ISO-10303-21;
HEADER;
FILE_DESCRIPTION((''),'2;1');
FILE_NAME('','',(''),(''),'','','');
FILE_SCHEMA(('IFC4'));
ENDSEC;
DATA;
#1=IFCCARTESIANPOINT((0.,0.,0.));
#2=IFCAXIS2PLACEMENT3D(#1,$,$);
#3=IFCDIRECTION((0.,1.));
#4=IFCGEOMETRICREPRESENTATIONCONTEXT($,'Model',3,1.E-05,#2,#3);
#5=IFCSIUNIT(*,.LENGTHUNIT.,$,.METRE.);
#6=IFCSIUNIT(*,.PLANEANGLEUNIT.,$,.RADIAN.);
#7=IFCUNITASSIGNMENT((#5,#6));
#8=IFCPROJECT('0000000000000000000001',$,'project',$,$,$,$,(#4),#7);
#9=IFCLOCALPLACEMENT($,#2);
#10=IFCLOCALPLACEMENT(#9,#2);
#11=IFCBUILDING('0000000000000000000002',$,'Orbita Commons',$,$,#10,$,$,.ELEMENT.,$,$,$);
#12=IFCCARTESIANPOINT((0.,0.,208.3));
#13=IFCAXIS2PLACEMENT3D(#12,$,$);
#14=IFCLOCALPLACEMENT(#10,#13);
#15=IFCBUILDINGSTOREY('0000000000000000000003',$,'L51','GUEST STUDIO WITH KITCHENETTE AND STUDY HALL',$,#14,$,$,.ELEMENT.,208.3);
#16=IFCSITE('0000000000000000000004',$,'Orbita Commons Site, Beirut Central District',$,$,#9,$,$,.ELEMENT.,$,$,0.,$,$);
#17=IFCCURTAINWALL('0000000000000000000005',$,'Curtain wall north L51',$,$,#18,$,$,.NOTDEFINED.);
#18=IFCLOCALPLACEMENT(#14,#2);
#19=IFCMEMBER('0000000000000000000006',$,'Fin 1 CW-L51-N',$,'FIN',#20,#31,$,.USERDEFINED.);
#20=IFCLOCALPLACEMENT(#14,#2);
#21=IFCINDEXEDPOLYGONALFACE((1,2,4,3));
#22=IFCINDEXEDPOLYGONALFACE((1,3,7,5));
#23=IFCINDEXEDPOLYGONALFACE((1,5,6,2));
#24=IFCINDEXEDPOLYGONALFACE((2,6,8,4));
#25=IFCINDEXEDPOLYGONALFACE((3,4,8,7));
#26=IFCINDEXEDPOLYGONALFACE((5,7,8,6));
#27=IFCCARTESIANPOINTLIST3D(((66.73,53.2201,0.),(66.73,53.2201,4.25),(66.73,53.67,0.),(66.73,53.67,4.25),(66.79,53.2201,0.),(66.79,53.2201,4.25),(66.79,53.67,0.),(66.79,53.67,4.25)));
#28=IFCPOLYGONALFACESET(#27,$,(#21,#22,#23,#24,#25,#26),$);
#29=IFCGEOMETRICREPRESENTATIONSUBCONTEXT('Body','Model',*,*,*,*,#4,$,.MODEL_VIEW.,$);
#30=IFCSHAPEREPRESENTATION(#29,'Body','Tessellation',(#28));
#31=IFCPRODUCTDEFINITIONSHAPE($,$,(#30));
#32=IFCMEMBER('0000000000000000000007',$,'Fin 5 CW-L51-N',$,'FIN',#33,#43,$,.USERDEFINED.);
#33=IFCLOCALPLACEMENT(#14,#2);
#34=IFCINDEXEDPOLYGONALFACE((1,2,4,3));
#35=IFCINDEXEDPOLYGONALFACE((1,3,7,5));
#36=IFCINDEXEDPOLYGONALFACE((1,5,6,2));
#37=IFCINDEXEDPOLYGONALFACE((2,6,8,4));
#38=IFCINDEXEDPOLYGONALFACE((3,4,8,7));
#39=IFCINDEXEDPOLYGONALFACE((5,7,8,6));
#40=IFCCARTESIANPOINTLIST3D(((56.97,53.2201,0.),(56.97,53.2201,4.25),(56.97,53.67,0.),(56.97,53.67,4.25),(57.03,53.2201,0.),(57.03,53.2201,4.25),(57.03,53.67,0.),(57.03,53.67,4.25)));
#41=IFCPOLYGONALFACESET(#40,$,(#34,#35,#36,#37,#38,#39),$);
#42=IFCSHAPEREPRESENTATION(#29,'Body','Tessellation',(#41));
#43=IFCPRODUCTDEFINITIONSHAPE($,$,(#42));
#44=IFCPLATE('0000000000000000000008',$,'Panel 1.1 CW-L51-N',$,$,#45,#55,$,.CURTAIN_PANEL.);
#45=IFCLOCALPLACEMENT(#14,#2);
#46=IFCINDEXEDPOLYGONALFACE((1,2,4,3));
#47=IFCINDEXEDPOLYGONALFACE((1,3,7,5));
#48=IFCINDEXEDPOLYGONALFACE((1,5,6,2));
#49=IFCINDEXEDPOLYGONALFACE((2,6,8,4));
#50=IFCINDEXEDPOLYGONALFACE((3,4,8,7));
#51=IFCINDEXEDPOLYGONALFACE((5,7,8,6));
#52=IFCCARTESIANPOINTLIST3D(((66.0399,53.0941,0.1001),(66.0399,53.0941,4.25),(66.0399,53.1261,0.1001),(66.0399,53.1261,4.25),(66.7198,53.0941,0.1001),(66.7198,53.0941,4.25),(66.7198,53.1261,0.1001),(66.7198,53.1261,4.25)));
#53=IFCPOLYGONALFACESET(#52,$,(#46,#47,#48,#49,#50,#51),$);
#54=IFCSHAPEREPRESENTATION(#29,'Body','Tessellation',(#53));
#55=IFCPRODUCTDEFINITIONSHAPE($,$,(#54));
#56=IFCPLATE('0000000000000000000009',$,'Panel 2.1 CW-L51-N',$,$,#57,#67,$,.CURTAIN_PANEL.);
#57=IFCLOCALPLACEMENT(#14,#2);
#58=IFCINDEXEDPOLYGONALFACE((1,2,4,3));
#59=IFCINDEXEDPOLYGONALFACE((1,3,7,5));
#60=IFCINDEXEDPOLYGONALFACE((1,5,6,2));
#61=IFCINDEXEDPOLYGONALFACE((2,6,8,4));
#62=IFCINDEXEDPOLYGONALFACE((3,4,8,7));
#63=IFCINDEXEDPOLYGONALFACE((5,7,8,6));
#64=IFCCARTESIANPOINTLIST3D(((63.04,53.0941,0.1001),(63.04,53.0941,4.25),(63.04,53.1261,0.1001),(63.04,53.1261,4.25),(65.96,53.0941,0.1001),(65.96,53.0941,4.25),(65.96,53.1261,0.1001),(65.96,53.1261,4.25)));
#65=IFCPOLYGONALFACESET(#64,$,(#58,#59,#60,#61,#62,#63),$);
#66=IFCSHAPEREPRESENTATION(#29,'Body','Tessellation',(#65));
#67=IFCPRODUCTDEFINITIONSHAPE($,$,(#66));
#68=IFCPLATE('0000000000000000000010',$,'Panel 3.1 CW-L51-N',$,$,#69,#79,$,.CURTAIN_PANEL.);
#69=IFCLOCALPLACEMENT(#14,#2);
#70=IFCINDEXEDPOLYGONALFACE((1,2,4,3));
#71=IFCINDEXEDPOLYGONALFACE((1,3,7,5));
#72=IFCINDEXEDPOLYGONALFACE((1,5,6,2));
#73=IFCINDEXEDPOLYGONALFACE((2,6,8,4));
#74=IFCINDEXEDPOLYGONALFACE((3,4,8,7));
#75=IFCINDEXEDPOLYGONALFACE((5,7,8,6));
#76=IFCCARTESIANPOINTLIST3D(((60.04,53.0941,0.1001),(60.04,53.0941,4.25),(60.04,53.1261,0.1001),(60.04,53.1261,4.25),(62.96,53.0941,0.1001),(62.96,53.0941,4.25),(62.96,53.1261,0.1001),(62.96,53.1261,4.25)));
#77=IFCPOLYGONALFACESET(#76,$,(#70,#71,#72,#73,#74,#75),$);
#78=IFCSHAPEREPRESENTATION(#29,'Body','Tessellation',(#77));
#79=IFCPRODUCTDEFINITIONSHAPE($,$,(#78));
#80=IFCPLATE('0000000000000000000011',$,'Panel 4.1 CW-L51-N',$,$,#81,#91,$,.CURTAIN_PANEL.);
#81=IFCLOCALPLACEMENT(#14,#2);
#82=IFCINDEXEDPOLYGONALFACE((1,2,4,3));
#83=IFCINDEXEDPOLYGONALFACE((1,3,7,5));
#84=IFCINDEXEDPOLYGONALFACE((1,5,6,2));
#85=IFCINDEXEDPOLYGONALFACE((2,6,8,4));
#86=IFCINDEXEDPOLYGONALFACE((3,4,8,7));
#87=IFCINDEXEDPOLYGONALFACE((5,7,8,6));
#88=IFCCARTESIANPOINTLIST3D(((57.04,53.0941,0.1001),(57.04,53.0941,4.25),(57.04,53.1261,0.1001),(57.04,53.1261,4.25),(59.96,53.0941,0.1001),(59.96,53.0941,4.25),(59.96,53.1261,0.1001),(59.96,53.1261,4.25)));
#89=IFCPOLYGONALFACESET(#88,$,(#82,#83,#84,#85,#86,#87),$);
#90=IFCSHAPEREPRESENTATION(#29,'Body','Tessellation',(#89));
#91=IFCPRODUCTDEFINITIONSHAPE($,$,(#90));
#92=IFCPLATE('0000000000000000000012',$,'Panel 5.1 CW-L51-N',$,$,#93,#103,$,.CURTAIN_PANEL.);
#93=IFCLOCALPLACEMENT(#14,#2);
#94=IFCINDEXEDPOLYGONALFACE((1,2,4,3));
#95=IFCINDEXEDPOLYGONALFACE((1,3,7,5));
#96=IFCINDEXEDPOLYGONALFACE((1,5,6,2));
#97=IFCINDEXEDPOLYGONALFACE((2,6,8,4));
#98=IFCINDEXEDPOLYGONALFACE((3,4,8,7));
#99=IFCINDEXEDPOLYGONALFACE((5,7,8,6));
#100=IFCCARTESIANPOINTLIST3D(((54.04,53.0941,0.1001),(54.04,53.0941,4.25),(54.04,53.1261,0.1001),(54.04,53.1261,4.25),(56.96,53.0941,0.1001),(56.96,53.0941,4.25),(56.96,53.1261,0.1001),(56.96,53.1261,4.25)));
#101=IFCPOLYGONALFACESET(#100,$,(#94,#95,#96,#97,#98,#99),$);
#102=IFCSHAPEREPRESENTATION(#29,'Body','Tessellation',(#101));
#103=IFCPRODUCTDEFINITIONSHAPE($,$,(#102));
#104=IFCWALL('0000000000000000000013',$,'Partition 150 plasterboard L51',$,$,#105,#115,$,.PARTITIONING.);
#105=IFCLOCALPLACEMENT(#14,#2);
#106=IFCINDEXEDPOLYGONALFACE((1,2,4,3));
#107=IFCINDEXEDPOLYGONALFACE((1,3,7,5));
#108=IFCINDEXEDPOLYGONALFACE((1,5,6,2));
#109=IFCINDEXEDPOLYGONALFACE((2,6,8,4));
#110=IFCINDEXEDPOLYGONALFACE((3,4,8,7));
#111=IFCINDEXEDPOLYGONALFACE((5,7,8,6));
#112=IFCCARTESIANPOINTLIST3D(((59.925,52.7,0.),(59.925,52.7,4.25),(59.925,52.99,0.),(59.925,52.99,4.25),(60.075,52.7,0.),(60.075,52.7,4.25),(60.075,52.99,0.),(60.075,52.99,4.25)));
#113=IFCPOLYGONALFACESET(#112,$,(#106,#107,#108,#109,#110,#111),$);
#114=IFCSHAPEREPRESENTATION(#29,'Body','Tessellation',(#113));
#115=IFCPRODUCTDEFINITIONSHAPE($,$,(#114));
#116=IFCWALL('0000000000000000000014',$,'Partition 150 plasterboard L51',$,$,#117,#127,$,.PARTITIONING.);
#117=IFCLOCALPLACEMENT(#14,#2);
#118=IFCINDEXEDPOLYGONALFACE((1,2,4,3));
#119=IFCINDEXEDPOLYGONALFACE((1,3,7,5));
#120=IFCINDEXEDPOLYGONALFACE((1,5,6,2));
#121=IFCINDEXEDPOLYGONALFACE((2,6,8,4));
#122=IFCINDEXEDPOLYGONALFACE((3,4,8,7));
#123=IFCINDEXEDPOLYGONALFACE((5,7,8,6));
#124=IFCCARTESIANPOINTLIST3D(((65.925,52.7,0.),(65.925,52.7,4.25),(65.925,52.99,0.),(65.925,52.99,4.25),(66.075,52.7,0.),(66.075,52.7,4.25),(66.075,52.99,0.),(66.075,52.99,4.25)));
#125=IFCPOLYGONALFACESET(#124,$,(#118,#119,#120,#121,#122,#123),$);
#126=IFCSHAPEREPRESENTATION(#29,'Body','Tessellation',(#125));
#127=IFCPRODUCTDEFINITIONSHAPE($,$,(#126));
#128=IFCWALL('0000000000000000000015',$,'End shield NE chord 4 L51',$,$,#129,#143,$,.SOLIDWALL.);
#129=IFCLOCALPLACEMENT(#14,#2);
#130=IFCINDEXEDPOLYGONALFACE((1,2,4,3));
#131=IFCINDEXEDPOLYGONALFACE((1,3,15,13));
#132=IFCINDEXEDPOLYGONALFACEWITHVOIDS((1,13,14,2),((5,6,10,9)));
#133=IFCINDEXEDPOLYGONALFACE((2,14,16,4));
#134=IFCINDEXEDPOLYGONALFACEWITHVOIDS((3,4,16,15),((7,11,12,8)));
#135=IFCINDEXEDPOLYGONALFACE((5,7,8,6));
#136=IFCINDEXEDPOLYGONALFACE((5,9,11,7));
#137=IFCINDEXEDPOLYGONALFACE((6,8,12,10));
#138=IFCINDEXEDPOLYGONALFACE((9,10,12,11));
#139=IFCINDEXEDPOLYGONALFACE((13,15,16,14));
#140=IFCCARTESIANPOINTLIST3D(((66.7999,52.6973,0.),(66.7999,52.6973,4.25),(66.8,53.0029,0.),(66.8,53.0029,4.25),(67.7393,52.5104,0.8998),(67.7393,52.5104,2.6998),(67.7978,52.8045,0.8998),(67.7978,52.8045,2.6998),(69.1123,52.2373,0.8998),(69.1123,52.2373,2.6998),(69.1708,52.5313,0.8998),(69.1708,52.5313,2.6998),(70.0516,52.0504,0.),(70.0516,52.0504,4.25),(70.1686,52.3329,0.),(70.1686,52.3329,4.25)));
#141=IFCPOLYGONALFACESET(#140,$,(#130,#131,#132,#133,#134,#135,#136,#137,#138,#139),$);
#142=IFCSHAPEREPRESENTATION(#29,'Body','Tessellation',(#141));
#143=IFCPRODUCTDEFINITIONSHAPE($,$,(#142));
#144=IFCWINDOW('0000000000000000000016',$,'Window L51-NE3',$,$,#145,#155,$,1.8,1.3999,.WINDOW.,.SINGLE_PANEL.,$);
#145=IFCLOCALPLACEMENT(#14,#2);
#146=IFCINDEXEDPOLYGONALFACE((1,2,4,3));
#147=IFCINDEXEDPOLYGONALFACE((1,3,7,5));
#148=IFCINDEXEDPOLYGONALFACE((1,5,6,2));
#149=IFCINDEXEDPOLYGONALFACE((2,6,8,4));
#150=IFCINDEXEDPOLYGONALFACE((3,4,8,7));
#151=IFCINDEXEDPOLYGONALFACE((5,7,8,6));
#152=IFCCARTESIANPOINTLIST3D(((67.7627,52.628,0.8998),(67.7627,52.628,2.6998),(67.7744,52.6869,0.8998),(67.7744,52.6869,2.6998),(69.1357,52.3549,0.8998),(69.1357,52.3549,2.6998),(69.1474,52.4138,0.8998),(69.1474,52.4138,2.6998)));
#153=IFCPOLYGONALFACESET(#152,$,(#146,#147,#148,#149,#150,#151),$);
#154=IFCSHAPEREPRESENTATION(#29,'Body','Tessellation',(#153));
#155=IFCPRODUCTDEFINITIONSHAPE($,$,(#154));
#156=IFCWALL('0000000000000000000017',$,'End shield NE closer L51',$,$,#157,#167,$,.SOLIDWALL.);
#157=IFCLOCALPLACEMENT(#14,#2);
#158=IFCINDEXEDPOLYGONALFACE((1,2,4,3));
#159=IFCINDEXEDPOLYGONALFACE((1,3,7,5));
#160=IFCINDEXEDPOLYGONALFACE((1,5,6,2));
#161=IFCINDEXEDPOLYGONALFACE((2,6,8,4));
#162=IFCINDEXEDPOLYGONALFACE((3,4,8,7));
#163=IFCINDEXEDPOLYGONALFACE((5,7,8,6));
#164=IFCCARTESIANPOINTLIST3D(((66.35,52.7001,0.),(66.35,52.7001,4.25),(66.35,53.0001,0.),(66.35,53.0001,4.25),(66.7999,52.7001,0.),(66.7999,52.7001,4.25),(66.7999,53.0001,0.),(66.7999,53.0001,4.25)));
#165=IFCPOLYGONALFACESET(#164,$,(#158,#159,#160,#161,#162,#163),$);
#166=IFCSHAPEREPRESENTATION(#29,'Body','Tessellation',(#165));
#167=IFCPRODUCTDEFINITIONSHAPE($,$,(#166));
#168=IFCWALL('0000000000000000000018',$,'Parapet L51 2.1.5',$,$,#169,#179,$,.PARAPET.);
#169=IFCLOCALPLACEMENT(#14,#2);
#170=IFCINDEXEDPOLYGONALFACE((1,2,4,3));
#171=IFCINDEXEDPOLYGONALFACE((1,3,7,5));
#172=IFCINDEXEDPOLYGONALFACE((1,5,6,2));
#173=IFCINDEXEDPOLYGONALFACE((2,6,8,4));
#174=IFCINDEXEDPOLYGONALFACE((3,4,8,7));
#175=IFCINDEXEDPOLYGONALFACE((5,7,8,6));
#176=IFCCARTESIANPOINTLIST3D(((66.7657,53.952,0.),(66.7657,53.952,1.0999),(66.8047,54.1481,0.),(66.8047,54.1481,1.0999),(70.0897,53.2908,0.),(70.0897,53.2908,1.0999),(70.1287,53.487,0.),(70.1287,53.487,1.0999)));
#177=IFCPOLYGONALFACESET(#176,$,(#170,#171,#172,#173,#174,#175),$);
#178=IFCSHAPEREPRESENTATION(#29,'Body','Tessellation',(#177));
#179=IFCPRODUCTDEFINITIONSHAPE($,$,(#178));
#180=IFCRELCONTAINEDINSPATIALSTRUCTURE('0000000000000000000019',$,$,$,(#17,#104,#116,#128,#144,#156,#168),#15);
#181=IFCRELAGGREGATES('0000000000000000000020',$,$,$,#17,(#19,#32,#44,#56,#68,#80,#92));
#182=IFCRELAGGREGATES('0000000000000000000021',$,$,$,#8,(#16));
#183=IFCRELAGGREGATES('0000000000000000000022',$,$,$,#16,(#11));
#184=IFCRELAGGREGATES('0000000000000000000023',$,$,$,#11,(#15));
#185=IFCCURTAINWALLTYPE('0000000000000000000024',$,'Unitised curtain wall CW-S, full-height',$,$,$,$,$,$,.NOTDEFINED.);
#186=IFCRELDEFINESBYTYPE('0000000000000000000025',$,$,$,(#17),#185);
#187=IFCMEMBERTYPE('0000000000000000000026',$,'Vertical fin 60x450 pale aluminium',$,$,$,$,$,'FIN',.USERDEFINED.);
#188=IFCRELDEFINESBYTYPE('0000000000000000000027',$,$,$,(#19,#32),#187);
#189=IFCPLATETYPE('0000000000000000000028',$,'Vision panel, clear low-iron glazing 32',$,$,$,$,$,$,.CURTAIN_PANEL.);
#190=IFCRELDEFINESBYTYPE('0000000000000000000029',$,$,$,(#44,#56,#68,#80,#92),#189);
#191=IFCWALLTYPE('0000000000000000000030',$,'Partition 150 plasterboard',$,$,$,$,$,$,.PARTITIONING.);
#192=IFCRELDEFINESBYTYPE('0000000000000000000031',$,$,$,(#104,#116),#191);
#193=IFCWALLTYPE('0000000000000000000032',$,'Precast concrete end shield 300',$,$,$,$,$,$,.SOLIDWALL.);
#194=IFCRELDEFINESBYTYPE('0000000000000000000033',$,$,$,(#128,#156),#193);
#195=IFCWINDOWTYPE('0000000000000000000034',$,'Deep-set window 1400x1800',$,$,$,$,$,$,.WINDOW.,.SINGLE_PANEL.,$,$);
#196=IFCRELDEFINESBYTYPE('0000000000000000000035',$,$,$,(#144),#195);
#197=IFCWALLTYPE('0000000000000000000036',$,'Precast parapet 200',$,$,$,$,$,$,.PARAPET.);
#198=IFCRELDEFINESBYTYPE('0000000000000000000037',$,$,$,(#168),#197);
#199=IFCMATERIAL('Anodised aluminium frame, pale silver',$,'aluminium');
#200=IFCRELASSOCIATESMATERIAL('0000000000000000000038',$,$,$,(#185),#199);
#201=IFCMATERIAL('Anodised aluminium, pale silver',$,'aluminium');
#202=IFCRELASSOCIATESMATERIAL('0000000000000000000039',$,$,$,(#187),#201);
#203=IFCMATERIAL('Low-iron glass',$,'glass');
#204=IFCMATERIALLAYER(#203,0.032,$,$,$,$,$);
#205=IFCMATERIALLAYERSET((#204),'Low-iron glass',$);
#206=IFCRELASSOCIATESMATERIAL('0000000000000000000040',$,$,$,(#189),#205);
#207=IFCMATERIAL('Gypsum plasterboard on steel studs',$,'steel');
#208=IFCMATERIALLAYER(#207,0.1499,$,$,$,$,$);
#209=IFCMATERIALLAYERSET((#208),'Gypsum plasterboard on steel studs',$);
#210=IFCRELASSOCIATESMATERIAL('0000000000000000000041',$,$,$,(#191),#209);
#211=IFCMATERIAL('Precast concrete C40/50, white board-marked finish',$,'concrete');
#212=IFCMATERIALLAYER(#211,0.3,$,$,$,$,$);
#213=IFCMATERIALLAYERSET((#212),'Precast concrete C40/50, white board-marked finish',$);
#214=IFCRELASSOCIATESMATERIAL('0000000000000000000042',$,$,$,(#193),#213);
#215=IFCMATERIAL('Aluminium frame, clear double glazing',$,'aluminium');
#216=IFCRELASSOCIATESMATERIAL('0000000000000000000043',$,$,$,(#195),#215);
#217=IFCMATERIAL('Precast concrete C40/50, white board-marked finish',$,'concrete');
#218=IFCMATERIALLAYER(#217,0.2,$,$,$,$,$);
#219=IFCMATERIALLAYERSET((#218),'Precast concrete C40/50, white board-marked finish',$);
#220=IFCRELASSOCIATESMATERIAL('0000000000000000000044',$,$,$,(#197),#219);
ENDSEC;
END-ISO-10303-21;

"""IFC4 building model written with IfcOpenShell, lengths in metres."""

from ifc_helpers import new_model, si_unit, direction, frame, frame_2d, origin, origin_2d, place, context, subcontext, project, spatial, polyline, rectangle, outline, extrude, material, layer, layer_set, material_profile, profile_set, type_object, element, fill, aggregate, save


model = new_model("IFC4")

# Units and contexts
model_context = context("Model", 3, precision=1e-05, world=origin(), true_north=direction((0.0, 1.0)))
body_context = subcontext(model_context, "Body", "Model", "MODEL_VIEW")
ifc_project = project(units=[si_unit("LENGTHUNIT", "METRE"), si_unit("PLANEANGLEUNIT", "RADIAN")], contexts=[model_context])

# Site, building, storey
site_placement = place(None, origin())
site = spatial("IfcSite", under=ifc_project, at=site_placement, Name="Orbita Commons Site, Beirut Central District", CompositionType="ELEMENT", RefElevation=0.0)
building_placement = place(site_placement, origin())
building = spatial("IfcBuilding", under=site, at=building_placement, Name="Orbita Commons", CompositionType="ELEMENT")
storey_placement = place(building_placement, frame((0.0, 0.0, 208.3)))
storey = spatial("IfcBuildingStorey", under=building, at=storey_placement, Name="L51", Description="GUEST STUDIO WITH KITCHENETTE AND STUDY HALL", CompositionType="ELEMENT", Elevation=208.3)

# Curtain wall
ifc_material_1 = material(Name="Anodised aluminium frame, pale silver", Category="aluminium")
curtain_wall_type = type_object("IfcCurtainWallType", Name="Unitised curtain wall CW-S, full-height", PredefinedType="NOTDEFINED", material=ifc_material_1)
curtain_wall_placement = place(storey_placement, origin())
curtain_wall = element("IfcCurtainWall", 1, at=curtain_wall_placement, inside=storey, type_object=curtain_wall_type, Name="Curtain wall north L51", PredefinedType="NOTDEFINED")

# Members
ifc_material_2 = material(Name="Anodised aluminium, pale silver", Category="aluminium")
ifc_material_profile_1 = material_profile(ifc_material_2, rectangle(XDim=0.0601, YDim=0.45, at=origin_2d()), Name="FIN 60x450")
ifc_profile_set_1 = profile_set([ifc_material_profile_1], Name="Anodised aluminium, pale silver")
member_type_1 = type_object("IfcMemberType", Name="Vertical fin 60x450 pale aluminium", ElementType="FIN", PredefinedType="USERDEFINED", material=ifc_profile_set_1)
member_1_placement = place(storey_placement, frame((66.76, 53.4451, 0.0), z_axis=(0.0, 0.0, 1.0), x_axis=(-1.0, 0.0, 0.0)))
member_1 = element("IfcMember", 2, at=member_1_placement, type_object=member_type_1, Name="Fin 1 CW-L51-N", ObjectType="FIN", PredefinedType="USERDEFINED", context=body_context, shape_type="SweptSolid", body=[
    extrude(rectangle(XDim=0.0601, YDim=0.45, at=origin_2d()), origin(), (0.0, 0.0, 1.0), 4.25),
])
member_2_placement = place(storey_placement, frame((57.0, 53.4451, 0.0), z_axis=(0.0, 0.0, 1.0), x_axis=(-1.0, 0.0, 0.0)))
member_2 = element("IfcMember", 3, at=member_2_placement, type_object=member_type_1, Name="Fin 5 CW-L51-N", ObjectType="FIN", PredefinedType="USERDEFINED", context=body_context, shape_type="SweptSolid", body=[
    extrude(rectangle(XDim=0.0601, YDim=0.45, at=origin_2d()), origin(), (0.0, 0.0, 1.0), 4.25),
])

# Plates
ifc_material_3 = material(Name="Low-iron glass", Category="glass")
ifc_layer_1 = layer(ifc_material_3, 0.032)
ifc_layer_set_1 = layer_set([ifc_layer_1], Name="Low-iron glass")
plate_type = type_object("IfcPlateType", Name="Vision panel, clear low-iron glazing 32", PredefinedType="CURTAIN_PANEL", material=ifc_layer_set_1)
plate_1_placement = place(storey_placement, frame((66.3799, 53.1101, 0.1001), z_axis=(0.0, 0.0, 1.0), x_axis=(-1.0, 0.0, 0.0)))
plate_1 = element("IfcPlate", 4, at=plate_1_placement, type_object=plate_type, Name="Panel 1.1 CW-L51-N", PredefinedType="CURTAIN_PANEL", context=body_context, shape_type="SweptSolid", body=[
    extrude(rectangle(XDim=0.6799, YDim=0.032, at=origin_2d()), origin(), (0.0, 0.0, 1.0), 4.1499),
])
plate_2_placement = place(storey_placement, frame((64.5, 53.1101, 0.1001), z_axis=(0.0, 0.0, 1.0), x_axis=(-1.0, 0.0, 0.0)))
plate_2 = element("IfcPlate", 5, at=plate_2_placement, type_object=plate_type, Name="Panel 2.1 CW-L51-N", PredefinedType="CURTAIN_PANEL", context=body_context, shape_type="SweptSolid", body=[
    extrude(rectangle(XDim=2.9199, YDim=0.032, at=origin_2d()), origin(), (0.0, 0.0, 1.0), 4.1499),
])
plate_3_placement = place(storey_placement, frame((61.5, 53.1101, 0.1001), z_axis=(0.0, 0.0, 1.0), x_axis=(-1.0, 0.0, 0.0)))
plate_3 = element("IfcPlate", 6, at=plate_3_placement, type_object=plate_type, Name="Panel 3.1 CW-L51-N", PredefinedType="CURTAIN_PANEL", context=body_context, shape_type="SweptSolid", body=[
    extrude(rectangle(XDim=2.9199, YDim=0.032, at=origin_2d()), origin(), (0.0, 0.0, 1.0), 4.1499),
])
plate_4_placement = place(storey_placement, frame((58.5, 53.1101, 0.1001), z_axis=(0.0, 0.0, 1.0), x_axis=(-1.0, 0.0, 0.0)))
plate_4 = element("IfcPlate", 7, at=plate_4_placement, type_object=plate_type, Name="Panel 4.1 CW-L51-N", PredefinedType="CURTAIN_PANEL", context=body_context, shape_type="SweptSolid", body=[
    extrude(rectangle(XDim=2.9199, YDim=0.032, at=origin_2d()), origin(), (0.0, 0.0, 1.0), 4.1499),
])
plate_5_placement = place(storey_placement, frame((55.5, 53.1101, 0.1001), z_axis=(0.0, 0.0, 1.0), x_axis=(-1.0, 0.0, 0.0)))
plate_5 = element("IfcPlate", 8, at=plate_5_placement, type_object=plate_type, Name="Panel 5.1 CW-L51-N", PredefinedType="CURTAIN_PANEL", context=body_context, shape_type="SweptSolid", body=[
    extrude(rectangle(XDim=2.9199, YDim=0.032, at=origin_2d()), origin(), (0.0, 0.0, 1.0), 4.1499),
])
aggregate(curtain_wall, [member_1, member_2, plate_1, plate_2, plate_3, plate_4, plate_5])

# Walls
ifc_material_4 = material(Name="Gypsum plasterboard on steel studs", Category="steel")
ifc_layer_2 = layer(ifc_material_4, 0.1499)
ifc_layer_set_2 = layer_set([ifc_layer_2], Name="Gypsum plasterboard on steel studs")
wall_type_1 = type_object("IfcWallType", Name="Partition 150 plasterboard", PredefinedType="PARTITIONING", material=ifc_layer_set_2)
for number, where, z_axis, x_axis, name in (
    (9, (60.0, 52.7, 0.0), (0.0, 0.0, 1.0), (0.0, 1.0, 0.0), "Partition 150 plasterboard L51"),
    (10, (66.0, 52.7, 0.0), (0.0, 0.0, 1.0), (0.0, 1.0, 0.0), "Partition 150 plasterboard L51"),
):
    element("IfcWall", number, at=place(storey_placement, frame(where, z_axis=z_axis, x_axis=x_axis)), inside=storey, type_object=wall_type_1, Name=name, PredefinedType="PARTITIONING", context=body_context, shape_type="SweptSolid", body=[
        extrude(rectangle(XDim=0.29, YDim=0.1499, at=frame_2d((0.145, 0.0))), origin(), (0.0, 0.0, 1.0), 4.25),
    ])

# Wall, opening, window
ifc_material_5 = material(Name="Precast concrete C40/50, white board-marked finish", Category="concrete")
ifc_layer_3 = layer(ifc_material_5, 0.3)
ifc_layer_set_3 = layer_set([ifc_layer_3], Name="Precast concrete C40/50, white board-marked finish")
wall_type_2 = type_object("IfcWallType", Name="Precast concrete end shield 300", PredefinedType="SOLIDWALL", material=ifc_layer_set_3)
wall_1_placement = place(storey_placement, frame((70.1101, 52.1917, 0.0), z_axis=(0.0, 0.0, 1.0), x_axis=(-0.980783, 0.1951, 0.0)))
wall_1 = element("IfcWall", 11, at=wall_1_placement, inside=storey, type_object=wall_type_2, Name="End shield NE chord 4 L51", PredefinedType="SOLIDWALL", context=body_context, shape_type="SweptSolid", body=[
    extrude(outline(polyline([(-0.0298, -0.1499), (3.4048, -0.1499), (3.3452, 0.1499), (0.0298, 0.1499), (-0.0298, -0.1499)])), origin(), (0.0, 0.0, 1.0), 4.25),
])
opening_placement = place(wall_1_placement, frame((0.9875, 0.0, 0.8999)))
opening = element("IfcOpeningElement", 12, at=opening_placement, cuts=wall_1, PredefinedType="OPENING", context=body_context, shape_type="SweptSolid", body=[
    extrude(rectangle(XDim=1.3999, YDim=1.8, at=frame_2d((0.7, 0.8999))), frame((0.0, 0.1599, 0.0), z_axis=(0.0, -1.0, 0.0), x_axis=(1.0, 0.0, 0.0)), (0.0, 0.0, 1.0), 0.3201),
])
ifc_material_6 = material(Name="Aluminium frame, clear double glazing", Category="aluminium")
window_type = type_object("IfcWindowType", Name="Deep-set window 1400x1800", PartitioningType="SINGLE_PANEL", PredefinedType="WINDOW", material=ifc_material_6)
window_placement = place(opening_placement, origin())
window = element("IfcWindow", 13, at=window_placement, inside=storey, type_object=window_type, Name="Window L51-NE3", OverallHeight=1.8, OverallWidth=1.3999, PartitioningType="SINGLE_PANEL", PredefinedType="WINDOW", context=body_context, shape_type="SweptSolid", body=[
    extrude(rectangle(XDim=1.3999, YDim=1.8, at=frame_2d((0.7, 0.8999))), frame((0.0, 0.03, 0.0), z_axis=(0.0, -1.0, 0.0), x_axis=(1.0, 0.0, 0.0)), (0.0, 0.0, 1.0), 0.0601),
])
fill(opening, window)

# Walls
wall_2_placement = place(storey_placement, frame((66.8, 52.8501, 0.0), z_axis=(0.0, 0.0, 1.0), x_axis=(-1.0, 0.0, 0.0)))
element("IfcWall", 14, at=wall_2_placement, inside=storey, type_object=wall_type_2, Name="End shield NE closer L51", PredefinedType="SOLIDWALL", context=body_context, shape_type="SweptSolid", body=[
    extrude(rectangle(XDim=0.45, YDim=0.3, at=frame_2d((0.2251, 0.0))), origin(), (0.0, 0.0, 1.0), 4.25),
])
ifc_material_7 = material(Name="Precast concrete C40/50, white board-marked finish", Category="concrete")
ifc_layer_4 = layer(ifc_material_7, 0.2)
ifc_layer_set_4 = layer_set([ifc_layer_4], Name="Precast concrete C40/50, white board-marked finish")
wall_type_3 = type_object("IfcWallType", Name="Precast parapet 200", PredefinedType="PARAPET", material=ifc_layer_set_4)
wall_3_placement = place(storey_placement, frame((66.7852, 54.05, 0.0), z_axis=(0.0, 0.0, 1.0), x_axis=(0.980788, -0.195077, 0.0)))
element("IfcWall", 15, at=wall_3_placement, inside=storey, type_object=wall_type_3, Name="Parapet L51 2.1.5", PredefinedType="PARAPET", context=body_context, shape_type="SweptSolid", body=[
    extrude(rectangle(XDim=3.3892, YDim=0.2, at=frame_2d((1.6946, 0.0))), origin(), (0.0, 0.0, 1.0), 1.0999),
])

save(model, "model.ifc")
